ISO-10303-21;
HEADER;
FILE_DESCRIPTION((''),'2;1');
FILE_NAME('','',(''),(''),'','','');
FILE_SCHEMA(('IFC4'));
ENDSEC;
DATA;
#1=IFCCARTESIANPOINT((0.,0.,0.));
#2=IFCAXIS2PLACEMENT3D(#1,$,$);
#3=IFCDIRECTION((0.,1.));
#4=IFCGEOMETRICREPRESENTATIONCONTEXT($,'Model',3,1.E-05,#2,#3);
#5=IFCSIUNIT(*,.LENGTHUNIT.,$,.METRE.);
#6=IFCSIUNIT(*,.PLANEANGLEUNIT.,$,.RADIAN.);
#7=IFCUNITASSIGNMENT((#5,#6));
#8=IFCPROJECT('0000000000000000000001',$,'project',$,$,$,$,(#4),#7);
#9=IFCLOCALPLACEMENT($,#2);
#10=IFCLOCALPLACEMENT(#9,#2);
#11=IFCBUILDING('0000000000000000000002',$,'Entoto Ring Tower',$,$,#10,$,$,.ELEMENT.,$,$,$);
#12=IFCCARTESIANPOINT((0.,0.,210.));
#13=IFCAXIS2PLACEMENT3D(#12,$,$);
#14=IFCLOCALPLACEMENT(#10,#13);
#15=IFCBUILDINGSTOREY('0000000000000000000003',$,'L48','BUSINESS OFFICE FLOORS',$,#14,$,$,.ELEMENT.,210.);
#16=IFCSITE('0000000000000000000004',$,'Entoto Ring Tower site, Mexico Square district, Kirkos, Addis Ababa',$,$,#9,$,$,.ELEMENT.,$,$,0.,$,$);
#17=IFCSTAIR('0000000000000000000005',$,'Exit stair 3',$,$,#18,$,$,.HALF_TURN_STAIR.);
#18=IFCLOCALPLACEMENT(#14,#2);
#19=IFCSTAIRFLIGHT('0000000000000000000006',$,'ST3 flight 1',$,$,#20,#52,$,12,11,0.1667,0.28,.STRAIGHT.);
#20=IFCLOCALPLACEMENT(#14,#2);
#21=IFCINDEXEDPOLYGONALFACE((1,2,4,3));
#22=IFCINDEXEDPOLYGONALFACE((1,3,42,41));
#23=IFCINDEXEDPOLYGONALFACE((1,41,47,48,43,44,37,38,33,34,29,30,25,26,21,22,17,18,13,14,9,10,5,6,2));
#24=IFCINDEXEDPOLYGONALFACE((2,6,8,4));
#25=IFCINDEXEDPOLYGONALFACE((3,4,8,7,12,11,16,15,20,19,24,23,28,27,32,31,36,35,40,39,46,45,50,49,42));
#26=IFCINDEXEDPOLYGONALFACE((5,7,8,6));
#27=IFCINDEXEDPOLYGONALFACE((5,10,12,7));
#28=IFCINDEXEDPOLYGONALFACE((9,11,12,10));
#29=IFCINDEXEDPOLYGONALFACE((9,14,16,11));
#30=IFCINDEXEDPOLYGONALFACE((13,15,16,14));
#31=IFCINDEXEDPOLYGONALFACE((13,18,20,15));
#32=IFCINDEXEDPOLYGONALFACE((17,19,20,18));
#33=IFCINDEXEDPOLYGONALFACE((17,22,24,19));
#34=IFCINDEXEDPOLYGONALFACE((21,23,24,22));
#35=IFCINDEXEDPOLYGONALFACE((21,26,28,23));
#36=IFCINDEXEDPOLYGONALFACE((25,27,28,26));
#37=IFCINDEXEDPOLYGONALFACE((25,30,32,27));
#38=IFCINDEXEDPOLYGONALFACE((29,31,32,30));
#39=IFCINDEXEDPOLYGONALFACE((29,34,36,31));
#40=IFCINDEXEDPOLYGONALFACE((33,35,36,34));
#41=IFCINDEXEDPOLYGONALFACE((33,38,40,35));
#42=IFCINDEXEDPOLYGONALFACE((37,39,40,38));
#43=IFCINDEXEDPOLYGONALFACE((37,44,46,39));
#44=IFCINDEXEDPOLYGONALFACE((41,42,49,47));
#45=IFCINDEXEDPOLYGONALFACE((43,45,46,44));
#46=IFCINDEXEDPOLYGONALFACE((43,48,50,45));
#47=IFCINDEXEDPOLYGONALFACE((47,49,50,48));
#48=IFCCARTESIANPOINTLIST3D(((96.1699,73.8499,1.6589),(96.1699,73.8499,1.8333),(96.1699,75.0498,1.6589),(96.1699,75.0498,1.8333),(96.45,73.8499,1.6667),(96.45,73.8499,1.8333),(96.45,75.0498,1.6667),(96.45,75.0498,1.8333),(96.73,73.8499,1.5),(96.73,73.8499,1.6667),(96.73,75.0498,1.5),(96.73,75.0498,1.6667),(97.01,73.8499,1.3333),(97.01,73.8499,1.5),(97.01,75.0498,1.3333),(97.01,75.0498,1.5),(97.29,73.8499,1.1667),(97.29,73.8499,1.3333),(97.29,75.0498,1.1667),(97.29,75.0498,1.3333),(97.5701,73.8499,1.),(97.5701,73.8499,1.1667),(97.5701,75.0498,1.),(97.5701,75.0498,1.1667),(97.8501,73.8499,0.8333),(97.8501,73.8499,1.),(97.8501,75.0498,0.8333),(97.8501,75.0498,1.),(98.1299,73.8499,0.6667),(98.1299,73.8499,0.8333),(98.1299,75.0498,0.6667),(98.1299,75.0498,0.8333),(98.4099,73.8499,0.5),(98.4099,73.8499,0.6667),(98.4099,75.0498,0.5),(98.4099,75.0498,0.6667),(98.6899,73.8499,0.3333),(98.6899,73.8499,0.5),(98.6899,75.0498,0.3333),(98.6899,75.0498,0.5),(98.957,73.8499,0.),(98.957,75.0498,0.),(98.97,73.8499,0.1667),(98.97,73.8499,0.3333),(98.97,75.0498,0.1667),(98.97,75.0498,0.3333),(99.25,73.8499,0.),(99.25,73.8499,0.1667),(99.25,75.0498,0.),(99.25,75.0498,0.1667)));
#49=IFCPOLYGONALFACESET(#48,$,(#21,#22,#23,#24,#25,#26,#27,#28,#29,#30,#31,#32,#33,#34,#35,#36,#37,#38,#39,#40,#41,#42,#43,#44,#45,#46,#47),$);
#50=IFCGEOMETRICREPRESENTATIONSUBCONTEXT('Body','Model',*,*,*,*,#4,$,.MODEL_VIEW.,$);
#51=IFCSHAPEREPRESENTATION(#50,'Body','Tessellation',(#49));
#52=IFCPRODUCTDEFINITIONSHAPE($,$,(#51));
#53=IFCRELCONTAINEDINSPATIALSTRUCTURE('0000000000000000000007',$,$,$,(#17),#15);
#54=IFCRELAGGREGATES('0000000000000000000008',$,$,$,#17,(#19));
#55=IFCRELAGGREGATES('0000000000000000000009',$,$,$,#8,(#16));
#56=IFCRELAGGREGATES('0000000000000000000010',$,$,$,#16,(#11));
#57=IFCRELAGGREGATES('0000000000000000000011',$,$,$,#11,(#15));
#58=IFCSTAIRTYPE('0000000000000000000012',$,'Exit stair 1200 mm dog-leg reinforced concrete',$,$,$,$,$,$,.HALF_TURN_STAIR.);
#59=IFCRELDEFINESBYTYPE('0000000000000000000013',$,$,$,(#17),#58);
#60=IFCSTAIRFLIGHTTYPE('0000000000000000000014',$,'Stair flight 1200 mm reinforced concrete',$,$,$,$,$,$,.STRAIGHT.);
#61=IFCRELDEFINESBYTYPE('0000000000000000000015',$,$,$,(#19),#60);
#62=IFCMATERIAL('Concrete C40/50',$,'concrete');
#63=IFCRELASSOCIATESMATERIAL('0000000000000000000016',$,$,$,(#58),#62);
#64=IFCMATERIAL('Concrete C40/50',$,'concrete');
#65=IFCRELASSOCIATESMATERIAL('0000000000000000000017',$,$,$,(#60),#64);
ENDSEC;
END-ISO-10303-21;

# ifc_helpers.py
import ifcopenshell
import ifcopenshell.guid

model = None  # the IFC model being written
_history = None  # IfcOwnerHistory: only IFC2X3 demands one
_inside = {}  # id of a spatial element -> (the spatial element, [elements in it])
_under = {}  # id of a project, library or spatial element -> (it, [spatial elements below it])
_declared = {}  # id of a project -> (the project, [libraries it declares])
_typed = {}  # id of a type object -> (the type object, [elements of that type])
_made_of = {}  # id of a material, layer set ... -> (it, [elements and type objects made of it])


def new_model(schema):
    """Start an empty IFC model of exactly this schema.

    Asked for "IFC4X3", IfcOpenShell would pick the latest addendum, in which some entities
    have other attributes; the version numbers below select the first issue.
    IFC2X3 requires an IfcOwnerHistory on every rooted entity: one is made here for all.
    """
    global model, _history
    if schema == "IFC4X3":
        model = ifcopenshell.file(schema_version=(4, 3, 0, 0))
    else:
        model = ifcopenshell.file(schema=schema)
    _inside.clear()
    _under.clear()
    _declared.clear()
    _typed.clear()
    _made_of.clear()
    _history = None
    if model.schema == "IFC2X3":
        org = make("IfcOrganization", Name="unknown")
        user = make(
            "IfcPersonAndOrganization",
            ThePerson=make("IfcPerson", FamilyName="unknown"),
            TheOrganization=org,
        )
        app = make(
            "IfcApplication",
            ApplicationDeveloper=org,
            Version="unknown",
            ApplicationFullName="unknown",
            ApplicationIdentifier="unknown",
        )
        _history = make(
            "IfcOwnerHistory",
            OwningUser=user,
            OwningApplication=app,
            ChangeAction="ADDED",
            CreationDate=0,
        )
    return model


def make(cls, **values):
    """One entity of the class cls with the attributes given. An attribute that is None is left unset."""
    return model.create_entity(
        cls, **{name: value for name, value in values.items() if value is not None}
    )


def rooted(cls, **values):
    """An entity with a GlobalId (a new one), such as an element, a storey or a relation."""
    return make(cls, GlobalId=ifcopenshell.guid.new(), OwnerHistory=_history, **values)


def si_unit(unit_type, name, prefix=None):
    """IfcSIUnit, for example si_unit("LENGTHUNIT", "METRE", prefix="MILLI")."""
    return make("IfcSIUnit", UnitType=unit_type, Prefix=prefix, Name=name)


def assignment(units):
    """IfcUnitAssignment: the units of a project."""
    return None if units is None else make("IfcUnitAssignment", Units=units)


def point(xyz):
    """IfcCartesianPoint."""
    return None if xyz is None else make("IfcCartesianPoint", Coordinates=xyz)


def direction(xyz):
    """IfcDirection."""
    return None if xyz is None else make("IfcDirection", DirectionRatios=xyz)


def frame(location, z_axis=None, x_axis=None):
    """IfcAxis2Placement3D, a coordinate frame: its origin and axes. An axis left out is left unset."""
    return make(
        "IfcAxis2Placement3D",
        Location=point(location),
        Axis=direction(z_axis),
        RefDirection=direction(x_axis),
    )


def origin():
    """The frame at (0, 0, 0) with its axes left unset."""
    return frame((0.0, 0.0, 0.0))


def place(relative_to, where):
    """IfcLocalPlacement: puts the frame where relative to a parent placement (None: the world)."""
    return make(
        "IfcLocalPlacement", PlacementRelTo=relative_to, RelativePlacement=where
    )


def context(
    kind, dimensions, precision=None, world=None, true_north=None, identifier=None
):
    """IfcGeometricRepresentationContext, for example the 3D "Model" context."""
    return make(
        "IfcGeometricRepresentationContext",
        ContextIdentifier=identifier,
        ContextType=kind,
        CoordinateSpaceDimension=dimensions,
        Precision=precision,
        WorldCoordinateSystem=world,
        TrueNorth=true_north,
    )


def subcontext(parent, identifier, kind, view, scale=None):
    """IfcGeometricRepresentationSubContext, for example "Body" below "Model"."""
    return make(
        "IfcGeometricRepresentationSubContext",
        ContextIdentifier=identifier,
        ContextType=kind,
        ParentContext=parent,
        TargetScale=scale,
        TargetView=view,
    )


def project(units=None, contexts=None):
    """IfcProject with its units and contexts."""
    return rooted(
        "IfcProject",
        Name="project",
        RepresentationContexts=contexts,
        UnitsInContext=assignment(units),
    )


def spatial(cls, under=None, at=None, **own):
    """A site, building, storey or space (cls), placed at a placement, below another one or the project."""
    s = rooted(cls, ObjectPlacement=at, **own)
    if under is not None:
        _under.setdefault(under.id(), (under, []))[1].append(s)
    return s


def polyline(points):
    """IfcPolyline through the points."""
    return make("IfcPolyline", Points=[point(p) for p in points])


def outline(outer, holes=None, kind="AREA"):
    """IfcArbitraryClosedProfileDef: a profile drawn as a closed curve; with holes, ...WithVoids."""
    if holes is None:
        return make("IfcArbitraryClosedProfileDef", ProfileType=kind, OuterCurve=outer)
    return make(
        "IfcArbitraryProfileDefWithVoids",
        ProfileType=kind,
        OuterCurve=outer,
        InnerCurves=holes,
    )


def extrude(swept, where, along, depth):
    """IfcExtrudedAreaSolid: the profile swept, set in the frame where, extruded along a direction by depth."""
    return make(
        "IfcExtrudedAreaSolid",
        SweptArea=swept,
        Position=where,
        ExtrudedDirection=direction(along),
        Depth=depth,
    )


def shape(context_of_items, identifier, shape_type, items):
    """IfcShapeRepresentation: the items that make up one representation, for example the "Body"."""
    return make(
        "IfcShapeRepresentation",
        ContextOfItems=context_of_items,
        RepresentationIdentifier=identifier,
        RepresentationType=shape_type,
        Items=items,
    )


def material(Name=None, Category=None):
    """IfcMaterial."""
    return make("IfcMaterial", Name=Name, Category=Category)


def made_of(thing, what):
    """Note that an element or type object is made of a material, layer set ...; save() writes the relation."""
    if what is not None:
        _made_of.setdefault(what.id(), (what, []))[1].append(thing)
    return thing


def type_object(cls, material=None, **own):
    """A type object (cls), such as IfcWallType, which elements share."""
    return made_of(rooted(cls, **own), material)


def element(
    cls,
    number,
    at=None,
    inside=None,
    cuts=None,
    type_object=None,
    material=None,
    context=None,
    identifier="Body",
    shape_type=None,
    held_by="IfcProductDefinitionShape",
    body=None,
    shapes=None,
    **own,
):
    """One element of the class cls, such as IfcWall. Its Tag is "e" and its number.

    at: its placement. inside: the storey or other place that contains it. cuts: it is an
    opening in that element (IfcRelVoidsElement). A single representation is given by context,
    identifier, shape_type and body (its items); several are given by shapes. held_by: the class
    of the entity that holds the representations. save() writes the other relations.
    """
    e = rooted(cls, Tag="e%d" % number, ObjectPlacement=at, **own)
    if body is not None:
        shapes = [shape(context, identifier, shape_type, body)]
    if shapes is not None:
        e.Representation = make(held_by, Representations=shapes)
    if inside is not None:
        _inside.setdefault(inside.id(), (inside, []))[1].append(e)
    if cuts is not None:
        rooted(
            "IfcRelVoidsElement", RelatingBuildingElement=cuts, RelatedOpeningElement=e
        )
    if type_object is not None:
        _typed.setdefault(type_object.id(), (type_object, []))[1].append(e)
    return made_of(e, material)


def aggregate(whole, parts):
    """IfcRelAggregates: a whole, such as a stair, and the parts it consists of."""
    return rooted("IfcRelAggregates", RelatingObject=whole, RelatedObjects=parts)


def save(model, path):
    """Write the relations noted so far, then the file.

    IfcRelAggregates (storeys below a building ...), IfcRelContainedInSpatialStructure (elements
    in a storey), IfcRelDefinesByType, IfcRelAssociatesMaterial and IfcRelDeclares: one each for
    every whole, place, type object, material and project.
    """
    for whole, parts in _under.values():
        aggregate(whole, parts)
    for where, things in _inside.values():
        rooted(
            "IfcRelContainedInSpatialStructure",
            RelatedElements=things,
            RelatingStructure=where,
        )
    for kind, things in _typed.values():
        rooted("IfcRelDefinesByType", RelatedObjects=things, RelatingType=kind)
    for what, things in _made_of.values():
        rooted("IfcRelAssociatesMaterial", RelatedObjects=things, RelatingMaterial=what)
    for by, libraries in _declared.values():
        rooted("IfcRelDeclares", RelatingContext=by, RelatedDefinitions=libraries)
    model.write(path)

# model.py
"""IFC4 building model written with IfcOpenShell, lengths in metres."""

from ifc_helpers import new_model, si_unit, direction, frame, origin, place, context, subcontext, project, spatial, polyline, outline, extrude, material, type_object, element, aggregate, save


model = new_model("IFC4")

# Units and contexts
model_context = context("Model", 3, precision=1e-05, world=origin(), true_north=direction((0.0, 1.0)))
body_context = subcontext(model_context, "Body", "Model", "MODEL_VIEW")
ifc_project = project(units=[si_unit("LENGTHUNIT", "METRE"), si_unit("PLANEANGLEUNIT", "RADIAN")], contexts=[model_context])

# Site, building, storey
site_placement = place(None, origin())
site = spatial("IfcSite", under=ifc_project, at=site_placement, Name="Entoto Ring Tower site, Mexico Square district, Kirkos, Addis Ababa", CompositionType="ELEMENT", RefElevation=0.0)
building_placement = place(site_placement, origin())
building = spatial("IfcBuilding", under=site, at=building_placement, Name="Entoto Ring Tower", CompositionType="ELEMENT")
storey_placement = place(building_placement, frame((0.0, 0.0, 210.0)))
storey = spatial("IfcBuildingStorey", under=building, at=storey_placement, Name="L48", Description="BUSINESS OFFICE FLOORS", CompositionType="ELEMENT", Elevation=210.0)

# Stair, stair flight
ifc_material_1 = material(Name="Concrete C40/50", Category="concrete")
stair_type = type_object("IfcStairType", Name="Exit stair 1200 mm dog-leg reinforced concrete", PredefinedType="HALF_TURN_STAIR", material=ifc_material_1)
stair_placement = place(storey_placement, origin())
stair = element("IfcStair", 1, at=stair_placement, inside=storey, type_object=stair_type, Name="Exit stair 3", PredefinedType="HALF_TURN_STAIR")
ifc_material_2 = material(Name="Concrete C40/50", Category="concrete")
stair_flight_type = type_object("IfcStairFlightType", Name="Stair flight 1200 mm reinforced concrete", PredefinedType="STRAIGHT", material=ifc_material_2)
stair_flight_placement = place(storey_placement, frame((99.25, 74.45, 0.0), z_axis=(0.0, 0.0, 1.0), x_axis=(-1.0, 0.0, 0.0)))
stair_flight = element("IfcStairFlight", 2, at=stair_flight_placement, type_object=stair_flight_type, Name="ST3 flight 1", NumberOfRisers=12, NumberOfTreads=11, PredefinedType="STRAIGHT", RiserHeight=0.1667, TreadLength=0.28, context=body_context, shape_type="SweptSolid", body=[
    extrude(outline(polyline([(0.0, 0.0), (0.0, 0.1667), (0.28, 0.1667), (0.28, 0.3333), (0.5601, 0.3333), (0.5601, 0.5), (0.8401, 0.5), (0.8401, 0.6667), (1.1201, 0.6667), (1.1201, 0.8333), (1.3999, 0.8333), (1.3999, 1.0), (1.6799, 1.0), (1.6799, 1.1667), (1.96, 1.1667), (1.96, 1.3333), (2.24, 1.3333), (2.24, 1.5), (2.52, 1.5), (2.52, 1.6667), (2.8, 1.6667), (2.8, 1.8333), (3.0801, 1.8333), (3.0801, 2.0), (3.0801, 1.6589), (0.293, 0.0), (0.0, 0.0)])), frame((0.0, 0.6001, 0.0), z_axis=(0.0, -1.0, 0.0), x_axis=(1.0, 0.0, 0.0)), (0.0, 0.0, 1.0), 1.2),
])
aggregate(stair, [stair_flight])

save(model, "model.ifc")
